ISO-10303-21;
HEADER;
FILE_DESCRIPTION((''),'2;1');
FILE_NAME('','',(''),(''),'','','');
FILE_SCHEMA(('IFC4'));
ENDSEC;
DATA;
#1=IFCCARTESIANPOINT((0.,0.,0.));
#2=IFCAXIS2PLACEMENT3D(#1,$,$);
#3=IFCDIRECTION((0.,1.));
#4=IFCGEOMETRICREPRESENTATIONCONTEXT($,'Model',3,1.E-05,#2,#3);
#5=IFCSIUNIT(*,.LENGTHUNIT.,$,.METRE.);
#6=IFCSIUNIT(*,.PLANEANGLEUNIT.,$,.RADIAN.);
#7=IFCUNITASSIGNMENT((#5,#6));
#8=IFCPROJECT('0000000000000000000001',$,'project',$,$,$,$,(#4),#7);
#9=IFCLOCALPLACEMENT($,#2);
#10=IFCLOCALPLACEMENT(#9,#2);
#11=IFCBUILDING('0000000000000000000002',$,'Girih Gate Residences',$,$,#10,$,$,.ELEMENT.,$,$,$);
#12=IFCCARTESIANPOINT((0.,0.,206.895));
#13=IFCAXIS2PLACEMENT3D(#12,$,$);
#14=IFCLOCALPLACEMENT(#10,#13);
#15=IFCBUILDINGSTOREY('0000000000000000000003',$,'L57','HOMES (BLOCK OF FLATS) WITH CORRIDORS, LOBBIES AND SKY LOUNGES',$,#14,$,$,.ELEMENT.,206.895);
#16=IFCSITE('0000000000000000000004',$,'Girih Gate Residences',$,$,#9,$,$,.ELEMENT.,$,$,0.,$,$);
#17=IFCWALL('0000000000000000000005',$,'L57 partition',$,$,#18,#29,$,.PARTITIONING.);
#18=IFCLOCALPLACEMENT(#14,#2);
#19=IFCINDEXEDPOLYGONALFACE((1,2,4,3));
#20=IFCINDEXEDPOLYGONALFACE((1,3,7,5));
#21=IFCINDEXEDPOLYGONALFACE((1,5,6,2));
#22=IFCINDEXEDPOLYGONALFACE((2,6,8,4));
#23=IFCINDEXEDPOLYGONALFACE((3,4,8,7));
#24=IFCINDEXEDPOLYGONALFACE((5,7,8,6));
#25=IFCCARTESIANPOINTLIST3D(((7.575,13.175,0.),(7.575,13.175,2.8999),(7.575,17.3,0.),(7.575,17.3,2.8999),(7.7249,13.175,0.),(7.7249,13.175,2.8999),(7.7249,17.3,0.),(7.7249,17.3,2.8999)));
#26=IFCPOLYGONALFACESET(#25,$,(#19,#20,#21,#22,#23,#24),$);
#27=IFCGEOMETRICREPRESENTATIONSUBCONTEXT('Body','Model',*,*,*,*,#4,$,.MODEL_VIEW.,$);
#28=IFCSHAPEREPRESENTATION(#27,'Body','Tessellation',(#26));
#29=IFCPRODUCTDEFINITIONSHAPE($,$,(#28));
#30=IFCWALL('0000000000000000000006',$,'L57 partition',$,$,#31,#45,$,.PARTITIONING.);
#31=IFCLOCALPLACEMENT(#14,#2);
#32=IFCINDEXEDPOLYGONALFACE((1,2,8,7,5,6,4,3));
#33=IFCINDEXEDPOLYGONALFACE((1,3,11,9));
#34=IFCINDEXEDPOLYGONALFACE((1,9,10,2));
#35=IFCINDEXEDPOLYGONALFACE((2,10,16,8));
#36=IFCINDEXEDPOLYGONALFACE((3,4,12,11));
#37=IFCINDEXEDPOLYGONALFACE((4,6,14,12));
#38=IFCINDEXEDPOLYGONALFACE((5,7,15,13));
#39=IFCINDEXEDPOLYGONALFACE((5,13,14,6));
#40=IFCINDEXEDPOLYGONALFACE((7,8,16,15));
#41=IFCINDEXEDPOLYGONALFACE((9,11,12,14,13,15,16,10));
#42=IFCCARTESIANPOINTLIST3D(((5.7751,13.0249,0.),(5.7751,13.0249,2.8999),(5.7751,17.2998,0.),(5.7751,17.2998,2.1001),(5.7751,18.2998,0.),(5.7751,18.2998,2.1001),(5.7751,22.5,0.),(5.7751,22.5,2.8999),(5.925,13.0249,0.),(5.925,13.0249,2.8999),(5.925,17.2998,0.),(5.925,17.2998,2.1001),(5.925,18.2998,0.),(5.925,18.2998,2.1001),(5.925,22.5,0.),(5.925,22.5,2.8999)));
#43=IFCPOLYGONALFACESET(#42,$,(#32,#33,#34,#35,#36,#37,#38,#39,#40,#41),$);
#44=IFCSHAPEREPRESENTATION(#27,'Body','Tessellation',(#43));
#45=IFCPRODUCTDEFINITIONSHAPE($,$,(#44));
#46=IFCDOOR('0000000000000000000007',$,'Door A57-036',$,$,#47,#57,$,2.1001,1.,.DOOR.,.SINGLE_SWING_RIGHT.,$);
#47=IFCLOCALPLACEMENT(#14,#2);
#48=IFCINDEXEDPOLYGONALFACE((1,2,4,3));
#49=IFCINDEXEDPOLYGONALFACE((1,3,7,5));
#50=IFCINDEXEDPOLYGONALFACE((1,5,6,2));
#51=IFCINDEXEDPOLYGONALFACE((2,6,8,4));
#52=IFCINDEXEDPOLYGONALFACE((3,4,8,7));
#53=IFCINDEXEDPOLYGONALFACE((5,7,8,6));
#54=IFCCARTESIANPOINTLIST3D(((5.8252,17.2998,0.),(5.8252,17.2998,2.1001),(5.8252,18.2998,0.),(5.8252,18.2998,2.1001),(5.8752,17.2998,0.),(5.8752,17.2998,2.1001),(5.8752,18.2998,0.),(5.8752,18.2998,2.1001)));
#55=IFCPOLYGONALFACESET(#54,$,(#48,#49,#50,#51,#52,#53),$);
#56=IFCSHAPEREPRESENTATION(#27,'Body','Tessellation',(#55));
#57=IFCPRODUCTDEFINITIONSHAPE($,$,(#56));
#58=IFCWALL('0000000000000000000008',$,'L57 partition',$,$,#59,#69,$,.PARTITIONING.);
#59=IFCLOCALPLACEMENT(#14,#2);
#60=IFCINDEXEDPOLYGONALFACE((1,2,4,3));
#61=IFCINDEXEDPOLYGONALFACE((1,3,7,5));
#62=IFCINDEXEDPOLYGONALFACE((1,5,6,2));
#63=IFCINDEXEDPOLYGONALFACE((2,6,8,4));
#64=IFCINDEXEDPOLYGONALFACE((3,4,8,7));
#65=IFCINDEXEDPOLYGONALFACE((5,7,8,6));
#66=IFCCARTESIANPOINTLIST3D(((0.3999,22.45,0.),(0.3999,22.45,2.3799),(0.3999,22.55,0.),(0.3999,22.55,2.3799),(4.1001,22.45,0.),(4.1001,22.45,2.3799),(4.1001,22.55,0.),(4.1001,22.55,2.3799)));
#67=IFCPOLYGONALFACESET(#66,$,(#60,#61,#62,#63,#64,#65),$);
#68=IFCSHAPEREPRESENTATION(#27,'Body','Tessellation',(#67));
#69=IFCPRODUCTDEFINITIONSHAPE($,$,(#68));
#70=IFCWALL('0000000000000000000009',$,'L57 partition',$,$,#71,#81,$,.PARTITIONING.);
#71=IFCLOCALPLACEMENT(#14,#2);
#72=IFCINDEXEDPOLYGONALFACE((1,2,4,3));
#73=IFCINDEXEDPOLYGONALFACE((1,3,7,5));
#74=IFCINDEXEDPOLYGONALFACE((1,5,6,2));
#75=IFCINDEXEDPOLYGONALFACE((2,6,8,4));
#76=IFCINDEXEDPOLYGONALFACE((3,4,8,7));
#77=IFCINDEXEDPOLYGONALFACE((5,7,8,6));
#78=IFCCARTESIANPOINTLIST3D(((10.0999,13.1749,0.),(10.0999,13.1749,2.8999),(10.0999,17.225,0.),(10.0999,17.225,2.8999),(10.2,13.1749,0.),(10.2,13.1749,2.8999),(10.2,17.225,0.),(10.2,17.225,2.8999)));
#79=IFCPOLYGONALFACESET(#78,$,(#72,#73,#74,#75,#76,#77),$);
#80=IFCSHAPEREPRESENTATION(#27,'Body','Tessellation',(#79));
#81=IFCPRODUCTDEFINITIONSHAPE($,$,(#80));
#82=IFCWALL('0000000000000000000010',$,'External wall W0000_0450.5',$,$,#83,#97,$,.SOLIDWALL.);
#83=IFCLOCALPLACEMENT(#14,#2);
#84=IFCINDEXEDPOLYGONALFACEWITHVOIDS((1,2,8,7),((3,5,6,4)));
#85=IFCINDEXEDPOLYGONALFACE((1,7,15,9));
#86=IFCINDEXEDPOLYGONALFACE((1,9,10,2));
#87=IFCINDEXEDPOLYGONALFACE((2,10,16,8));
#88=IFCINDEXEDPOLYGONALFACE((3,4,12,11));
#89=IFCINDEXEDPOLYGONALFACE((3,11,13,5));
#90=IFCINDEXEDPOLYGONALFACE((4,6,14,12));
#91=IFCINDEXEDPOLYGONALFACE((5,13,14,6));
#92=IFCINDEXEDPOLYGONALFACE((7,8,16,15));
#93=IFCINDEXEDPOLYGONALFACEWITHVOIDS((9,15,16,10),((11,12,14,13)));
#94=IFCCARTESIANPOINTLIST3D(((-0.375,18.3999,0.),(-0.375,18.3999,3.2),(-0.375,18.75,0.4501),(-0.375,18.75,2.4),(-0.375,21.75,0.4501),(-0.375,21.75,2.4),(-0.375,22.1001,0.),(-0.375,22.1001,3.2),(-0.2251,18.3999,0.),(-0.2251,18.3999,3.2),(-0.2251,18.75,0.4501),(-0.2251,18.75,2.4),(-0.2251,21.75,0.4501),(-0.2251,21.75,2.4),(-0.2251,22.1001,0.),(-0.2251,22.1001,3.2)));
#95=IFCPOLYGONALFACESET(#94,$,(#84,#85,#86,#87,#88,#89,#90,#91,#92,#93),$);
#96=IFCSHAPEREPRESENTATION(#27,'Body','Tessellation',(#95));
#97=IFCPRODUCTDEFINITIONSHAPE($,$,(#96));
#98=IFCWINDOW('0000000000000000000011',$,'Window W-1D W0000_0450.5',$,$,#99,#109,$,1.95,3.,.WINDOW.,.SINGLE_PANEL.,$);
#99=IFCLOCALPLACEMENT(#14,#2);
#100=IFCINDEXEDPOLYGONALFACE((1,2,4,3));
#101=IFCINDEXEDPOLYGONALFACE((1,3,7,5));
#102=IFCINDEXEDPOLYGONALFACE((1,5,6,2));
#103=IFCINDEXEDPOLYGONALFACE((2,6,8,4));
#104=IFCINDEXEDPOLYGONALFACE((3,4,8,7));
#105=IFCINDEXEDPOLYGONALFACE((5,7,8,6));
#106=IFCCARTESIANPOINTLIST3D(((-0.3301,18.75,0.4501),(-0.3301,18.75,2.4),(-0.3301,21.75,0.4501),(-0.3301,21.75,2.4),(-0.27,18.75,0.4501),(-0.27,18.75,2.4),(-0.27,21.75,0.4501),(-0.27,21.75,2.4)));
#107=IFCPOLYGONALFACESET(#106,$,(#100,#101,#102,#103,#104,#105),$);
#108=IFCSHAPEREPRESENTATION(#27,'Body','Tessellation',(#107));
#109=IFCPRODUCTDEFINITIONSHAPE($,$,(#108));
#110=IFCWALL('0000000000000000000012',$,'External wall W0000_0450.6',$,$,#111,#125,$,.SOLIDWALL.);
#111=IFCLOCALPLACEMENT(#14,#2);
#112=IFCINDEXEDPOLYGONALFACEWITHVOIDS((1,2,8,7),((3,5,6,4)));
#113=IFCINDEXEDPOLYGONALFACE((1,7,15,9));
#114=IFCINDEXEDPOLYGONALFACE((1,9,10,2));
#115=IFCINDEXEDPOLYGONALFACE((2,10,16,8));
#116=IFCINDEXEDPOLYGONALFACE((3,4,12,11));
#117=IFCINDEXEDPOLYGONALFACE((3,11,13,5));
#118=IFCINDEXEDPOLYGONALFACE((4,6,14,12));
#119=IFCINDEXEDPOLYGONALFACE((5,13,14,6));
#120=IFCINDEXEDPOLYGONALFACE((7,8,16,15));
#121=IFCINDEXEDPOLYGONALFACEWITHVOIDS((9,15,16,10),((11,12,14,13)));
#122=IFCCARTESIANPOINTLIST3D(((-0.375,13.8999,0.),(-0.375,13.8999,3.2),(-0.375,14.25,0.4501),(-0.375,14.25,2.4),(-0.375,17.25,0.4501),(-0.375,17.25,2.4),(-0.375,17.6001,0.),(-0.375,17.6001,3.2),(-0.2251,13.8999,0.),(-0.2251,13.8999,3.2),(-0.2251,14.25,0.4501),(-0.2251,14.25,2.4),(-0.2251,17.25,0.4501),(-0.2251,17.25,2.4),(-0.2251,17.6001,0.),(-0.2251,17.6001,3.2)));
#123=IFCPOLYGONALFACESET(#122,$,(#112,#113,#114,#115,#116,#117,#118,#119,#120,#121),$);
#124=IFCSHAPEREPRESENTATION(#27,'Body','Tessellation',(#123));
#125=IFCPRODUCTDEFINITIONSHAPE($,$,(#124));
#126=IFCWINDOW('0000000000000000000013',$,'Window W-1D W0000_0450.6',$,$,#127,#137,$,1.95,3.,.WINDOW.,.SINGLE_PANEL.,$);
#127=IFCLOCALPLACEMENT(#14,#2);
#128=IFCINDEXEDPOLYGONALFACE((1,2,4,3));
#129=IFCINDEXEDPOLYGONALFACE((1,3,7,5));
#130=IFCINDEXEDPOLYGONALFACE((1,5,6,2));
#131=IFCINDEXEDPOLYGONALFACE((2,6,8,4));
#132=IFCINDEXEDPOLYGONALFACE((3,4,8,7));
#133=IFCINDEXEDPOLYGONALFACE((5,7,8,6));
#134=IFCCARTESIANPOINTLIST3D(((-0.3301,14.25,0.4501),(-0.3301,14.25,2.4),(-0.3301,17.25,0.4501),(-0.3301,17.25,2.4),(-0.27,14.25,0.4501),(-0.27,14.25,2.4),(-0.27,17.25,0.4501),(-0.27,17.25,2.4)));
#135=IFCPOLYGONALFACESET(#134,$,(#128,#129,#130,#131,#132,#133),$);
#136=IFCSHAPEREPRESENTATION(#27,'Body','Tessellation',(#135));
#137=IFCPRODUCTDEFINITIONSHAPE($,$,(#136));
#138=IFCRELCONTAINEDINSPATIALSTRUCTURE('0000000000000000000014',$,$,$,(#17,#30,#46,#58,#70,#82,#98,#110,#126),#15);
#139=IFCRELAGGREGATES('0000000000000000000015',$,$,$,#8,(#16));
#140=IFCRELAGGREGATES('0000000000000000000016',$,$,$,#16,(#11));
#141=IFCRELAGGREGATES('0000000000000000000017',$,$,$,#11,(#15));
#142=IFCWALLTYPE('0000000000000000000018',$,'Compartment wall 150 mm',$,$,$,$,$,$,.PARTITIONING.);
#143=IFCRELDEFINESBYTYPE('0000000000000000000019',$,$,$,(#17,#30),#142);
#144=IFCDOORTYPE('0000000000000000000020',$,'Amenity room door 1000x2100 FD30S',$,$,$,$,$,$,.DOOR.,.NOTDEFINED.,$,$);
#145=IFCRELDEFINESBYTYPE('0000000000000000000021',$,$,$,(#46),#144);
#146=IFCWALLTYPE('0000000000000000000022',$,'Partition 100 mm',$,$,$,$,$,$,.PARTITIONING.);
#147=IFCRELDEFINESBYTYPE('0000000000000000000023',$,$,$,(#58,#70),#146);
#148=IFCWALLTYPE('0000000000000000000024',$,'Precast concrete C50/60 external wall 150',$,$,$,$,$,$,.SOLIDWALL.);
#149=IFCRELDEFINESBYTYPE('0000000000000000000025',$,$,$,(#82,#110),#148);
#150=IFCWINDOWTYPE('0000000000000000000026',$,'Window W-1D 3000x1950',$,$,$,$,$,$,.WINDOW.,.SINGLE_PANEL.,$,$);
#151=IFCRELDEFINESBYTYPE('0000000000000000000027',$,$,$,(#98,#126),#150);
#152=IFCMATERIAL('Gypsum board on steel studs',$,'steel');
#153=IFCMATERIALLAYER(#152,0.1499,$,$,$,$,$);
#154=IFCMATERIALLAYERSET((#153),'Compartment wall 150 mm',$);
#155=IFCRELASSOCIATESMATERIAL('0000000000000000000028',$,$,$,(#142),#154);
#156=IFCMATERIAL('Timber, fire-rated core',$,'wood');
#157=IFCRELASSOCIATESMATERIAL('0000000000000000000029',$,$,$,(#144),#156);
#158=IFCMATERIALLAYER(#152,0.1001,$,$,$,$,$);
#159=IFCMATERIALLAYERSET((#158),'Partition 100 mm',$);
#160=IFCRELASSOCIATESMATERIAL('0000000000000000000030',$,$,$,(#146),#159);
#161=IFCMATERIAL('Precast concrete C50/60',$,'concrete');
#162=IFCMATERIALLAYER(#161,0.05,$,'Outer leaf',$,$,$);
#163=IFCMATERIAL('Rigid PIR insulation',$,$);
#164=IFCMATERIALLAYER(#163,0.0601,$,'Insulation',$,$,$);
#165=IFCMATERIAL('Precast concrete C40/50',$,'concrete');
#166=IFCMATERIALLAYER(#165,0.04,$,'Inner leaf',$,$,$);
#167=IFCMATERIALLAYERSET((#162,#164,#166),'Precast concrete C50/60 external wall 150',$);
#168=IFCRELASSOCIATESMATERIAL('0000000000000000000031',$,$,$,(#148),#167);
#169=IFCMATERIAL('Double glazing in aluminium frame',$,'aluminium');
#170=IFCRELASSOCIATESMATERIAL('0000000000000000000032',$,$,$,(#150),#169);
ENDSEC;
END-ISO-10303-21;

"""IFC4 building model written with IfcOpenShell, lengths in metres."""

from ifc_helpers import new_model, si_unit, direction, frame, frame_2d, origin, place, context, subcontext, project, spatial, rectangle, extrude, material, layer, layer_set, type_object, element, fill, save


model = new_model("IFC4")

# Units and contexts
model_context = context("Model", 3, precision=1e-05, world=origin(), true_north=direction((0.0, 1.0)))
body_context = subcontext(model_context, "Body", "Model", "MODEL_VIEW")
ifc_project = project(units=[si_unit("LENGTHUNIT", "METRE"), si_unit("PLANEANGLEUNIT", "RADIAN")], contexts=[model_context])

# Site, building, storey
site_placement = place(None, origin())
site = spatial("IfcSite", under=ifc_project, at=site_placement, Name="Girih Gate Residences", CompositionType="ELEMENT", RefElevation=0.0)
building_placement = place(site_placement, origin())
building = spatial("IfcBuilding", under=site, at=building_placement, Name="Girih Gate Residences", CompositionType="ELEMENT")
storey_placement = place(building_placement, frame((0.0, 0.0, 206.895)))
storey = spatial("IfcBuildingStorey", under=building, at=storey_placement, Name="L57", Description="HOMES (BLOCK OF FLATS) WITH CORRIDORS, LOBBIES AND SKY LOUNGES", CompositionType="ELEMENT", Elevation=206.895)

# Shared definitions
ifc_material_1 = material(Name="Gypsum board on steel studs", Category="steel")
ifc_layer_1 = layer(ifc_material_1, 0.1499)
ifc_layer_set_1 = layer_set([ifc_layer_1], Name="Compartment wall 150 mm")
wall_type_1 = type_object("IfcWallType", Name="Compartment wall 150 mm", PredefinedType="PARTITIONING", material=ifc_layer_set_1)

# Wall
wall_1_placement = place(storey_placement, frame((7.6499, 13.175, 0.0), z_axis=(0.0, 0.0, 1.0), x_axis=(0.0, 1.0, 0.0)))
element("IfcWall", 1, at=wall_1_placement, inside=storey, type_object=wall_type_1, Name="L57 partition", PredefinedType="PARTITIONING", context=body_context, shape_type="SweptSolid", body=[
    extrude(rectangle(XDim=4.125, YDim=0.1499, at=frame_2d((2.0625, 0.0))), origin(), (0.0, 0.0, 1.0), 2.8999),
])

# Wall, opening, door
wall_2_placement = place(storey_placement, frame((5.8501, 13.0249, 0.0), z_axis=(0.0, 0.0, 1.0), x_axis=(0.0, 1.0, 0.0)))
wall_2 = element("IfcWall", 2, at=wall_2_placement, inside=storey, type_object=wall_type_1, Name="L57 partition", PredefinedType="PARTITIONING", context=body_context, shape_type="SweptSolid", body=[
    extrude(rectangle(XDim=9.4751, YDim=0.1499, at=frame_2d((4.7375, 0.0))), origin(), (0.0, 0.0, 1.0), 2.8999),
])
opening_1_placement = place(wall_2_placement, frame((4.2749, 0.0, 0.0)))
opening_1 = element("IfcOpeningElement", 3, at=opening_1_placement, cuts=wall_2, PredefinedType="OPENING", context=body_context, shape_type="SweptSolid", body=[
    extrude(rectangle(XDim=1.0, YDim=2.1001, at=frame_2d((0.5, 1.05))), frame((0.0, 0.085, 0.0), z_axis=(0.0, -1.0, 0.0), x_axis=(1.0, 0.0, 0.0)), (0.0, 0.0, 1.0), 0.1699),
])
ifc_material_2 = material(Name="Timber, fire-rated core", Category="wood")
door_type_1 = type_object("IfcDoorType", Name="Amenity room door 1000x2100 FD30S", OperationType="NOTDEFINED", PredefinedType="DOOR", material=ifc_material_2)
door_1_placement = place(opening_1_placement, origin())
door_1 = element("IfcDoor", 4, at=door_1_placement, inside=storey, type_object=door_type_1, Name="Door A57-036", OperationType="SINGLE_SWING_RIGHT", OverallHeight=2.1001, OverallWidth=1.0, PredefinedType="DOOR", context=body_context, shape_type="SweptSolid", body=[
    extrude(rectangle(XDim=1.0, YDim=2.1001, at=frame_2d((0.5, 1.05))), frame((0.0, 0.0249, 0.0), z_axis=(0.0, -1.0, 0.0), x_axis=(1.0, 0.0, 0.0)), (0.0, 0.0, 1.0), 0.05),
])
fill(opening_1, door_1)

# Walls
ifc_layer_2 = layer(ifc_material_1, 0.1001)
ifc_layer_set_2 = layer_set([ifc_layer_2], Name="Partition 100 mm")
wall_type_2 = type_object("IfcWallType", Name="Partition 100 mm", PredefinedType="PARTITIONING", material=ifc_layer_set_2)
wall_3_placement = place(storey_placement, frame((0.3999, 22.5, 0.0), z_axis=(0.0, 0.0, 1.0), x_axis=(1.0, 0.0, 0.0)))
element("IfcWall", 5, at=wall_3_placement, inside=storey, type_object=wall_type_2, Name="L57 partition", PredefinedType="PARTITIONING", context=body_context, shape_type="SweptSolid", body=[
    extrude(rectangle(XDim=3.7002, YDim=0.1001, at=frame_2d((1.8501, 0.0))), origin(), (0.0, 0.0, 1.0), 2.3799),
])
wall_4_placement = place(storey_placement, frame((10.1499, 13.175, 0.0), z_axis=(0.0, 0.0, 1.0), x_axis=(0.0, 1.0, 0.0)))
element("IfcWall", 6, at=wall_4_placement, inside=storey, type_object=wall_type_2, Name="L57 partition", PredefinedType="PARTITIONING", context=body_context, shape_type="SweptSolid", body=[
    extrude(rectangle(XDim=4.05, YDim=0.1001, at=frame_2d((2.0249, 0.0))), origin(), (0.0, 0.0, 1.0), 2.8999),
])

# Walls, openings, windows
ifc_material_3 = material(Name="Precast concrete C50/60", Category="concrete")
ifc_layer_3 = layer(ifc_material_3, 0.05, Name="Outer leaf")
ifc_material_4 = material(Name="Rigid PIR insulation")
ifc_layer_4 = layer(ifc_material_4, 0.0601, Name="Insulation")
ifc_material_5 = material(Name="Precast concrete C40/50", Category="concrete")
ifc_layer_5 = layer(ifc_material_5, 0.04, Name="Inner leaf")
ifc_layer_set_3 = layer_set([ifc_layer_3, ifc_layer_4, ifc_layer_5], Name="Precast concrete C50/60 external wall 150")
wall_type_3 = type_object("IfcWallType", Name="Precast concrete C50/60 external wall 150", PredefinedType="SOLIDWALL", material=ifc_layer_set_3)
wall_5_placement = place(storey_placement, frame((-0.3, 18.3999, 0.0), z_axis=(0.0, 0.0, 1.0), x_axis=(0.0, 1.0, 0.0)))
wall_5 = element("IfcWall", 7, at=wall_5_placement, inside=storey, type_object=wall_type_3, Name="External wall W0000_0450.5", PredefinedType="SOLIDWALL", context=body_context, shape_type="SweptSolid", body=[
    extrude(rectangle(XDim=3.7002, YDim=0.1499, at=frame_2d((1.8501, 0.0))), origin(), (0.0, 0.0, 1.0), 3.2),
])
opening_2_placement = place(wall_5_placement, frame((0.3501, 0.0, 0.45)))
opening_2 = element("IfcOpeningElement", 8, at=opening_2_placement, cuts=wall_5, PredefinedType="OPENING", context=body_context, shape_type="SweptSolid", body=[
    extrude(rectangle(XDim=3.0, YDim=1.95, at=frame_2d((1.5, 0.9751))), frame((0.0, 0.085, 0.0), z_axis=(0.0, -1.0, 0.0), x_axis=(1.0, 0.0, 0.0)), (0.0, 0.0, 1.0), 0.1699),
])
ifc_material_6 = material(Name="Double glazing in aluminium frame", Category="aluminium")
window_type = type_object("IfcWindowType", Name="Window W-1D 3000x1950", PartitioningType="SINGLE_PANEL", PredefinedType="WINDOW", material=ifc_material_6)
window_1_placement = place(opening_2_placement, origin())
window_1 = element("IfcWindow", 9, at=window_1_placement, inside=storey, type_object=window_type, Name="Window W-1D W0000_0450.5", OverallHeight=1.95, OverallWidth=3.0, PartitioningType="SINGLE_PANEL", PredefinedType="WINDOW", context=body_context, shape_type="SweptSolid", body=[
    extrude(rectangle(XDim=3.0, YDim=1.95, at=frame_2d((1.5, 0.9751))), frame((0.0, 0.03, 0.0), z_axis=(0.0, -1.0, 0.0), x_axis=(1.0, 0.0, 0.0)), (0.0, 0.0, 1.0), 0.0601),
])
fill(opening_2, window_1)
wall_6_placement = place(storey_placement, frame((-0.3, 13.8999, 0.0), z_axis=(0.0, 0.0, 1.0), x_axis=(0.0, 1.0, 0.0)))
wall_6 = element("IfcWall", 10, at=wall_6_placement, inside=storey, type_object=wall_type_3, Name="External wall W0000_0450.6", PredefinedType="SOLIDWALL", context=body_context, shape_type="SweptSolid", body=[
    extrude(rectangle(XDim=3.7002, YDim=0.1499, at=frame_2d((1.8501, 0.0))), origin(), (0.0, 0.0, 1.0), 3.2),
])
opening_3_placement = place(wall_6_placement, frame((0.3501, 0.0, 0.45)))
opening_3 = element("IfcOpeningElement", 11, at=opening_3_placement, cuts=wall_6, PredefinedType="OPENING", context=body_context, shape_type="SweptSolid", body=[
    extrude(rectangle(XDim=3.0, YDim=1.95, at=frame_2d((1.5, 0.9751))), frame((0.0, 0.085, 0.0), z_axis=(0.0, -1.0, 0.0), x_axis=(1.0, 0.0, 0.0)), (0.0, 0.0, 1.0), 0.1699),
])
window_2_placement = place(opening_3_placement, origin())
window_2 = element("IfcWindow", 12, at=window_2_placement, inside=storey, type_object=window_type, Name="Window W-1D W0000_0450.6", OverallHeight=1.95, OverallWidth=3.0, PartitioningType="SINGLE_PANEL", PredefinedType="WINDOW", context=body_context, shape_type="SweptSolid", body=[
    extrude(rectangle(XDim=3.0, YDim=1.95, at=frame_2d((1.5, 0.9751))), frame((0.0, 0.03, 0.0), z_axis=(0.0, -1.0, 0.0), x_axis=(1.0, 0.0, 0.0)), (0.0, 0.0, 1.0), 0.0601),
])
fill(opening_3, window_2)

save(model, "model.ifc")
